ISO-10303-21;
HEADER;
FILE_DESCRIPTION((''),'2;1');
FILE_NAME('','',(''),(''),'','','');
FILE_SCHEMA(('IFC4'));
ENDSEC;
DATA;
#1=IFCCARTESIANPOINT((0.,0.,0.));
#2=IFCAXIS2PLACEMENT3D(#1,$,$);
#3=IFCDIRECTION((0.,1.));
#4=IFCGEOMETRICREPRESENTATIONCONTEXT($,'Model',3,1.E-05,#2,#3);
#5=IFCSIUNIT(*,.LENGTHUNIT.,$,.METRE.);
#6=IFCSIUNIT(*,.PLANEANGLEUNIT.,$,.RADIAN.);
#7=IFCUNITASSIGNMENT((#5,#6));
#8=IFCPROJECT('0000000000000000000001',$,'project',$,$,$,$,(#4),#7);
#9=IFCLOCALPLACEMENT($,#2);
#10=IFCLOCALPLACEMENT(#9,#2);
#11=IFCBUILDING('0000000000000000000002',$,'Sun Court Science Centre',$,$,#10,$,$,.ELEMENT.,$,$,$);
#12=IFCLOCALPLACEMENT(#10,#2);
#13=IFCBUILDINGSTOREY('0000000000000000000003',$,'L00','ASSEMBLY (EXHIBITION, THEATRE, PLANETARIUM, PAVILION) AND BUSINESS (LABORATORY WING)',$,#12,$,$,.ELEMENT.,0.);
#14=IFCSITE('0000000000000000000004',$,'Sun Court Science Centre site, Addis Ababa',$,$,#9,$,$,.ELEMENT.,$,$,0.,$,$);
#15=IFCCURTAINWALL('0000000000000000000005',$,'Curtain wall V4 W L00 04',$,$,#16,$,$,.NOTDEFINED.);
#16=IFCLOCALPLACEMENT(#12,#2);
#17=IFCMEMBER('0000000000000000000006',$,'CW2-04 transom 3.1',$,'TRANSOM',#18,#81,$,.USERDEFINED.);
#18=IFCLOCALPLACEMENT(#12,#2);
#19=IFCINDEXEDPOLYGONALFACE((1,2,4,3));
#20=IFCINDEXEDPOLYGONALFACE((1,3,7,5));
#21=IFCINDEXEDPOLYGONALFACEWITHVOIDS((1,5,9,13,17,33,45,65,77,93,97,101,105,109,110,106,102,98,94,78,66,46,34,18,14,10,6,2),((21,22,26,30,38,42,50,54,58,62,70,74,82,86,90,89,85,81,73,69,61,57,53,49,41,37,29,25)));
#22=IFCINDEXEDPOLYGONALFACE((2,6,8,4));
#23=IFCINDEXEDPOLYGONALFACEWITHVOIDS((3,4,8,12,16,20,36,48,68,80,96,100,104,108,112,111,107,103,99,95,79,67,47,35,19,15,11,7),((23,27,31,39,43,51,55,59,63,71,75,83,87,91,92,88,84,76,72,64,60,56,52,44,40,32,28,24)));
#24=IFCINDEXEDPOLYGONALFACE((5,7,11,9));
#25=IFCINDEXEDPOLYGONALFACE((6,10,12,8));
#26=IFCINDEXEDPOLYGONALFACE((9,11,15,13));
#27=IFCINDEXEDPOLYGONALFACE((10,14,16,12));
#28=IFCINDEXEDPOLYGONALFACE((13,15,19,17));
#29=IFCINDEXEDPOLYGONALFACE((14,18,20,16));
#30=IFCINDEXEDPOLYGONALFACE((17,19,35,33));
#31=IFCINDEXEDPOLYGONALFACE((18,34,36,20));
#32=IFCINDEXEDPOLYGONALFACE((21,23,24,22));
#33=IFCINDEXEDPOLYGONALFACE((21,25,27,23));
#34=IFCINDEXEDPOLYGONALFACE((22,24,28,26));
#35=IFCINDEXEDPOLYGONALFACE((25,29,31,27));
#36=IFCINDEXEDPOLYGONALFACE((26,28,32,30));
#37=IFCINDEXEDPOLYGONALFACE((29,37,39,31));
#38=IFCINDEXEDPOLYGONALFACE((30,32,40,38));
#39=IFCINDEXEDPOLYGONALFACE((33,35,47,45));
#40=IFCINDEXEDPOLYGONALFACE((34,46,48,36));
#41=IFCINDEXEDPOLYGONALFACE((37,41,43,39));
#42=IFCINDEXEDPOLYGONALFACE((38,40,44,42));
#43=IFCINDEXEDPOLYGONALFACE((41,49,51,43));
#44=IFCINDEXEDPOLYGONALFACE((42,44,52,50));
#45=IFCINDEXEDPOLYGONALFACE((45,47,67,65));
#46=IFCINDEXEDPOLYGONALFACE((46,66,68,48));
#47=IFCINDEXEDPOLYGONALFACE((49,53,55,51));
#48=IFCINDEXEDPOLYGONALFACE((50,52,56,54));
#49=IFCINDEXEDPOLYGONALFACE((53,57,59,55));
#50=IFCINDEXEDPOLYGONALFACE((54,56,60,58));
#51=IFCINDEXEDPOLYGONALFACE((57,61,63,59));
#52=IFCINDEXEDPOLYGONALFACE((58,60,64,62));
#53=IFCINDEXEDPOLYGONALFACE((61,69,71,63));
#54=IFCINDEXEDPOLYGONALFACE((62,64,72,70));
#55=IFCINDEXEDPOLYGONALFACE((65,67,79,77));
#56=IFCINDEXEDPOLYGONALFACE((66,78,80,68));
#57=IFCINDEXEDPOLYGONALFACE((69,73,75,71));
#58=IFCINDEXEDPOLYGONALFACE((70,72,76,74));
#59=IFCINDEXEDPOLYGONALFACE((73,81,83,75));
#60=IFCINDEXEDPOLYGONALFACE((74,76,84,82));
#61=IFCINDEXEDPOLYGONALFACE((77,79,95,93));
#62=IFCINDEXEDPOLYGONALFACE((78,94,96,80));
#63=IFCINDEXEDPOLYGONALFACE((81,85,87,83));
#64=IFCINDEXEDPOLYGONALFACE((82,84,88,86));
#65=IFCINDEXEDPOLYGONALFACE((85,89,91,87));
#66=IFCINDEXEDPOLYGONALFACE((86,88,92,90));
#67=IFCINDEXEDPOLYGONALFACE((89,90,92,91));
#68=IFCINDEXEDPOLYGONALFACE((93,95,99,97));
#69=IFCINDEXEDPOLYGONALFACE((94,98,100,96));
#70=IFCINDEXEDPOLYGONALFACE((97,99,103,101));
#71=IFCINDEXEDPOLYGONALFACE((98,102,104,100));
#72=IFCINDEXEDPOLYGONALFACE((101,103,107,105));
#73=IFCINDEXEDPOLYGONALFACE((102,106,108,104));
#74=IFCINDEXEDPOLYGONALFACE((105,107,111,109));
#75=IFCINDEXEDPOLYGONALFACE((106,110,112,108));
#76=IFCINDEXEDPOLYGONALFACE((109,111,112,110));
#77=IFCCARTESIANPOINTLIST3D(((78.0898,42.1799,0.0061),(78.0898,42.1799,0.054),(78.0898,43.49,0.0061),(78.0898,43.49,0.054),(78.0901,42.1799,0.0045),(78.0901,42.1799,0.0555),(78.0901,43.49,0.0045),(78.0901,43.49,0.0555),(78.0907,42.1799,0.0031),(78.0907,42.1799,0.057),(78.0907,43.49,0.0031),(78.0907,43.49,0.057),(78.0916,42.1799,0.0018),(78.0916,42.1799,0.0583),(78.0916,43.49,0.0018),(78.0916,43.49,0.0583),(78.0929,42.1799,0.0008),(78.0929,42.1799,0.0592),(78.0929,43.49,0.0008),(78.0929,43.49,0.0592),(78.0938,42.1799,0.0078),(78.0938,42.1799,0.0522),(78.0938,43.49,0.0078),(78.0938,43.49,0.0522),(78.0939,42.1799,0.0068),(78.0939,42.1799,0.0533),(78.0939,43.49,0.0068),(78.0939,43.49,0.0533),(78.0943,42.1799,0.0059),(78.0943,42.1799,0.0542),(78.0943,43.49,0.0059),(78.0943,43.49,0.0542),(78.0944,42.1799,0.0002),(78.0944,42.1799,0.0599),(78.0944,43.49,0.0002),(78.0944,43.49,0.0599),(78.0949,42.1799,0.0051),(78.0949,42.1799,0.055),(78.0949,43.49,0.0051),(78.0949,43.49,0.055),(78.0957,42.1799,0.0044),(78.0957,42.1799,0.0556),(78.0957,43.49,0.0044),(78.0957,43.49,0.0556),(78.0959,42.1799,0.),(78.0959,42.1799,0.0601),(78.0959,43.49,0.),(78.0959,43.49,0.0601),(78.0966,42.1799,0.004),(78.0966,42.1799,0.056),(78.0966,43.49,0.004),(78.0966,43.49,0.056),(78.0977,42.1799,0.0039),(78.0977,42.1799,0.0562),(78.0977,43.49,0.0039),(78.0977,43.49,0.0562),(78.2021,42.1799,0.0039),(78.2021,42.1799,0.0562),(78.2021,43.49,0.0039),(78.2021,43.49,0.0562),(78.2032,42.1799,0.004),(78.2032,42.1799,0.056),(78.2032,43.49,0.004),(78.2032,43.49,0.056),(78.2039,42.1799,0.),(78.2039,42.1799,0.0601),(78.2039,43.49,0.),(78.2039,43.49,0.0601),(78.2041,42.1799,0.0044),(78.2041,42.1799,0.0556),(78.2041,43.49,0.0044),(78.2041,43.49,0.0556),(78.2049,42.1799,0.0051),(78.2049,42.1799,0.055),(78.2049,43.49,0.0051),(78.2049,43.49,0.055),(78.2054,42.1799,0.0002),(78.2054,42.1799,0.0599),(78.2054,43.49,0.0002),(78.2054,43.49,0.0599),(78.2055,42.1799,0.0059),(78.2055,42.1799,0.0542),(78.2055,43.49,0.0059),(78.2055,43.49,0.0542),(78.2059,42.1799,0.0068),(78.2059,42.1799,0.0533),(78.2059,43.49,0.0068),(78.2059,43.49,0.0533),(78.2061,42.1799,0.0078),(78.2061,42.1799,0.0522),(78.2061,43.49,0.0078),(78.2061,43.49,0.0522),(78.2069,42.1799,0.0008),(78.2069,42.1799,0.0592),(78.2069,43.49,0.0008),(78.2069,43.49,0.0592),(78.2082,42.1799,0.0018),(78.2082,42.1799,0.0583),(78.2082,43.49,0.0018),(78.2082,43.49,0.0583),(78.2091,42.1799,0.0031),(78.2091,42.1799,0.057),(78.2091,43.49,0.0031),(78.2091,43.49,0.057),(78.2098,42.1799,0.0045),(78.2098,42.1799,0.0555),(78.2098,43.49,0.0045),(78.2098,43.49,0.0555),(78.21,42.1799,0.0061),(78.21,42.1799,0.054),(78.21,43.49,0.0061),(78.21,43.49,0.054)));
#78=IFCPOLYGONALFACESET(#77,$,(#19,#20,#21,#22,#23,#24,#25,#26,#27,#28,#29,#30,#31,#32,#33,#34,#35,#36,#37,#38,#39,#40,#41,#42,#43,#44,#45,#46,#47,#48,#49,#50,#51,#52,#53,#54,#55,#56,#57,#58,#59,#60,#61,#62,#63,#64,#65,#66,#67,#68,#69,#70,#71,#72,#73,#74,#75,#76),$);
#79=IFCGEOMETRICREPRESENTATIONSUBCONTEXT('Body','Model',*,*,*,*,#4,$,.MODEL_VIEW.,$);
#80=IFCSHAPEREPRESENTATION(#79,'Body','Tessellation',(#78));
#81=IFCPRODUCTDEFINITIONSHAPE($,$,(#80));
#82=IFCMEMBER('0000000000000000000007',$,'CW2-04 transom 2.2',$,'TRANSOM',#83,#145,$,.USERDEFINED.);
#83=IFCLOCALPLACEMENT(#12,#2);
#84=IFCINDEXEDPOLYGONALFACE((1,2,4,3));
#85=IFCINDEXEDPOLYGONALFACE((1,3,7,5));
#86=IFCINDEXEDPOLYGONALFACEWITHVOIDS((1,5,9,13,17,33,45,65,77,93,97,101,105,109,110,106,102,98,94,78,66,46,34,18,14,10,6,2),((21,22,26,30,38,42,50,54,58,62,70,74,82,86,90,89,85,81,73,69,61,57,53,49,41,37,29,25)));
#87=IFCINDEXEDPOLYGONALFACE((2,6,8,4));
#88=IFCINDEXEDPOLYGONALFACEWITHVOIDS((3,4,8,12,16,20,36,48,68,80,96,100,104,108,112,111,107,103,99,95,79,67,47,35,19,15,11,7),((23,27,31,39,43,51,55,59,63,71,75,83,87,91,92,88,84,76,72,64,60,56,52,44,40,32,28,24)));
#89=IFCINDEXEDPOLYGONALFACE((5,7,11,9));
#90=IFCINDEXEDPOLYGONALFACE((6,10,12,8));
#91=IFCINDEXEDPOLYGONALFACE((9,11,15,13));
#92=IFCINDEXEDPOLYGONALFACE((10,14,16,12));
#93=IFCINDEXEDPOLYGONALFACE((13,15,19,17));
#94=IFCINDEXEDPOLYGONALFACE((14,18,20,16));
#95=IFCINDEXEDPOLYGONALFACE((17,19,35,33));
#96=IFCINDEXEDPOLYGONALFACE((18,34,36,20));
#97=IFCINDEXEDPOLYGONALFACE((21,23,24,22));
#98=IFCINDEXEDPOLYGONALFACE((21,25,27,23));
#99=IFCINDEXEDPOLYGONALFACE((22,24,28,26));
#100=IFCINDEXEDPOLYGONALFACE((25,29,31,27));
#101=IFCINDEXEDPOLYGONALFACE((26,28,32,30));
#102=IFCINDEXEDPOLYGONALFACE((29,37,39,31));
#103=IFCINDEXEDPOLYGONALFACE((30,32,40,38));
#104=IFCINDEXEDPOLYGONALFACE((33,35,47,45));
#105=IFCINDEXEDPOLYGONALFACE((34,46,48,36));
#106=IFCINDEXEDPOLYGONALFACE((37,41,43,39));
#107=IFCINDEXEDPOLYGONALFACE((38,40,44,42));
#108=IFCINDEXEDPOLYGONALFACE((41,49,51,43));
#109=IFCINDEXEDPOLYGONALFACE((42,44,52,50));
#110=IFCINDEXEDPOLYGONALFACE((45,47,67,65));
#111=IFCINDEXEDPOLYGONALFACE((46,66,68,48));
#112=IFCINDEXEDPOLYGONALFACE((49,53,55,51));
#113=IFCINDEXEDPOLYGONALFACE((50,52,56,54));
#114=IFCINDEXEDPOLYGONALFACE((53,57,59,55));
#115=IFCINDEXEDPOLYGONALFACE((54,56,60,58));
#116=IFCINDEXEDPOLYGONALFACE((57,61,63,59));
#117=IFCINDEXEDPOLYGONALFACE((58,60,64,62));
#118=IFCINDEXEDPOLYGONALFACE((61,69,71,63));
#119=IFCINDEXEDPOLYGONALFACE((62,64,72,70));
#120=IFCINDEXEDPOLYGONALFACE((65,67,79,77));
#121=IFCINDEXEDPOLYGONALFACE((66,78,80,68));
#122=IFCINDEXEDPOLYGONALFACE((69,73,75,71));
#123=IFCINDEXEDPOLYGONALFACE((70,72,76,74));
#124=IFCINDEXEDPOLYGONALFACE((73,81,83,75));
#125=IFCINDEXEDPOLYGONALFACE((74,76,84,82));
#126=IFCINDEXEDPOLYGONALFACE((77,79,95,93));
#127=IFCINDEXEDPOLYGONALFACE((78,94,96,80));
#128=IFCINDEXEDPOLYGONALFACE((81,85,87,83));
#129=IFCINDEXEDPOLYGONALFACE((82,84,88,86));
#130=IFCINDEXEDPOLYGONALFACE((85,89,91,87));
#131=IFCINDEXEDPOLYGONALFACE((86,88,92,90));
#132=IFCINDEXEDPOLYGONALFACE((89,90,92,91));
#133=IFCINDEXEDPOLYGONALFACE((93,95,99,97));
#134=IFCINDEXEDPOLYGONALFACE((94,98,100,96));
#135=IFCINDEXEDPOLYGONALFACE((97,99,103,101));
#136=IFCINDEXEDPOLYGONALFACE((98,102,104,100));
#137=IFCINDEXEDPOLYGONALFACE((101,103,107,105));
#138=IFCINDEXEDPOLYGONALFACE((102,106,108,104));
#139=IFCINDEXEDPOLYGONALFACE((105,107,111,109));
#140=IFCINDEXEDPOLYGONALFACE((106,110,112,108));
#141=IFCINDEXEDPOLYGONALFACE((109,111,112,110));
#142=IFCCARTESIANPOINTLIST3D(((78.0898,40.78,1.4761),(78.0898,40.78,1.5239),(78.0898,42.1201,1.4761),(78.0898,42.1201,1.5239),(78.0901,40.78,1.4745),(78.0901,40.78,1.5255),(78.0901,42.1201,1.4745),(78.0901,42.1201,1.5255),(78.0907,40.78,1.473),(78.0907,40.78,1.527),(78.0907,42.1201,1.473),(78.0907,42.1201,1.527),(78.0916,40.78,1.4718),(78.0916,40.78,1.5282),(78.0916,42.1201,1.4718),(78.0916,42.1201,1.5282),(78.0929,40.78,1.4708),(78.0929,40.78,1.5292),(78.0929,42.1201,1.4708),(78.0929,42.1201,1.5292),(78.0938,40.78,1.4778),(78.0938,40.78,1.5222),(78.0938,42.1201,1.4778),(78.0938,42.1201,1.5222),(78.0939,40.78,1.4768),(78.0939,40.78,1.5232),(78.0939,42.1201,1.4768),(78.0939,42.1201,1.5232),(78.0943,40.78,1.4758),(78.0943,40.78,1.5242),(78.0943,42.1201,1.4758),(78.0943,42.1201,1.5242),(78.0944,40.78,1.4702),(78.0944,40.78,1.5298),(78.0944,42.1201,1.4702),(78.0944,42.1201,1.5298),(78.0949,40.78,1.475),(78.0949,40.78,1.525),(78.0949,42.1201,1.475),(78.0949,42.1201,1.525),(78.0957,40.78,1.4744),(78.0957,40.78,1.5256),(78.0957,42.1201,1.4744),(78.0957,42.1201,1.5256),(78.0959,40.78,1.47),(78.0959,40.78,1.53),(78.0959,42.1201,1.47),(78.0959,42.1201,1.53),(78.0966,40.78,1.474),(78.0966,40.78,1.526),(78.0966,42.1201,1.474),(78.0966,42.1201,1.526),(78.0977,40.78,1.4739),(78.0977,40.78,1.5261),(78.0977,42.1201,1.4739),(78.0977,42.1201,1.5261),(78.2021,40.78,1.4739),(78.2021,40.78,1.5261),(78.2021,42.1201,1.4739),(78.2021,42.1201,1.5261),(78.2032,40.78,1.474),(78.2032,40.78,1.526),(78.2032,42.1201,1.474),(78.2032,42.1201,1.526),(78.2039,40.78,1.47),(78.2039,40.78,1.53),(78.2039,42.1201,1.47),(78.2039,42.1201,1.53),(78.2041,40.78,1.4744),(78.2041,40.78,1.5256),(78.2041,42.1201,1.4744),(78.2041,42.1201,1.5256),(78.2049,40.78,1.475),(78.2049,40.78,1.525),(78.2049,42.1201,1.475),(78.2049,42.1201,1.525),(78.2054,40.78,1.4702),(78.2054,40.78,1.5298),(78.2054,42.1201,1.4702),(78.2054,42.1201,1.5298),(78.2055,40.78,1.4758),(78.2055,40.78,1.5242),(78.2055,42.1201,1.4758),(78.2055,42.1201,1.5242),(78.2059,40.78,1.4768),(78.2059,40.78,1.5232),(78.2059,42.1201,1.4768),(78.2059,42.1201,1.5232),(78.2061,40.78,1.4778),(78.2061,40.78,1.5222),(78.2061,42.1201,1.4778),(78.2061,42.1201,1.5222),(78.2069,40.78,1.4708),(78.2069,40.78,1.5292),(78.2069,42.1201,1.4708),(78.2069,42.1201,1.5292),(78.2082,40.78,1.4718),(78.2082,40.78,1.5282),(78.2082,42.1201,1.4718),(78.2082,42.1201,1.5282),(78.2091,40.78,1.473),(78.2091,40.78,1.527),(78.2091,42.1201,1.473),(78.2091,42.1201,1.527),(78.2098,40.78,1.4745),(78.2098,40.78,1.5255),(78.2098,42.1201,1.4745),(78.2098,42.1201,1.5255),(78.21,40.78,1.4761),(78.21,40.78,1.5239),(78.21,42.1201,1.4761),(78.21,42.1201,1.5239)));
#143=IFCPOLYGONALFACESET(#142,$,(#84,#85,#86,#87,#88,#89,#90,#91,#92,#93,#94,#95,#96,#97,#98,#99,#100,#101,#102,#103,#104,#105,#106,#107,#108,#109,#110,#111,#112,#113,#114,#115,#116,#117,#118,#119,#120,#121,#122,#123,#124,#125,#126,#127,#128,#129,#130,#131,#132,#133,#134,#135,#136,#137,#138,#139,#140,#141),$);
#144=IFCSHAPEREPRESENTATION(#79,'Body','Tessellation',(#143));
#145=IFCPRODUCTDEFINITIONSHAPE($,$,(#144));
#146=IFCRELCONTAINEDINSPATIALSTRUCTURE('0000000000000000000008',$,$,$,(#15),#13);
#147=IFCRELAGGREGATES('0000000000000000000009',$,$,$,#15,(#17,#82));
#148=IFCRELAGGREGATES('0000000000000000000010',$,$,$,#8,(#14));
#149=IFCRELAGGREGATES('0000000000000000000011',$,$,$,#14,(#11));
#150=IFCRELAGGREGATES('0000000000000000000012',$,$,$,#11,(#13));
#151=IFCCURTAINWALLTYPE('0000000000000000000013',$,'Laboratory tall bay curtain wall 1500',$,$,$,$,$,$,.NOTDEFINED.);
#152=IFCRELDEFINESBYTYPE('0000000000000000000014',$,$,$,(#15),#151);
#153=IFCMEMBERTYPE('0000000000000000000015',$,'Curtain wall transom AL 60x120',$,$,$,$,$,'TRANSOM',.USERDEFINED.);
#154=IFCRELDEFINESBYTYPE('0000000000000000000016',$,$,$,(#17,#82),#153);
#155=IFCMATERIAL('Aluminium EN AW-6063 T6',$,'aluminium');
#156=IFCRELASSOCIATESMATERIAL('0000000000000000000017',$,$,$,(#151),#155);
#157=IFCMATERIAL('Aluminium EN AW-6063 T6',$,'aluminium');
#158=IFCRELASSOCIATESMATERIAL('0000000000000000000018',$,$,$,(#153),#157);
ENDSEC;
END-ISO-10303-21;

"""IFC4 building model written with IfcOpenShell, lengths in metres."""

from ifc_helpers import new_model, si_unit, direction, frame, origin, origin_2d, place, context, subcontext, project, spatial, hollow_rectangle, extrude, material, material_profile, profile_set, type_object, element, aggregate, save


model = new_model("IFC4")

# Units and contexts
model_context = context("Model", 3, precision=1e-05, world=origin(), true_north=direction((0.0, 1.0)))
body_context = subcontext(model_context, "Body", "Model", "MODEL_VIEW")
ifc_project = project(units=[si_unit("LENGTHUNIT", "METRE"), si_unit("PLANEANGLEUNIT", "RADIAN")], contexts=[model_context])

# Site, building, storey
site_placement = place(None, origin())
site = spatial("IfcSite", under=ifc_project, at=site_placement, Name="Sun Court Science Centre site, Addis Ababa", CompositionType="ELEMENT", RefElevation=0.0)
building_placement = place(site_placement, origin())
building = spatial("IfcBuilding", under=site, at=building_placement, Name="Sun Court Science Centre", CompositionType="ELEMENT")
storey_placement = place(building_placement, origin())
storey = spatial("IfcBuildingStorey", under=building, at=storey_placement, Name="L00", Description="ASSEMBLY (EXHIBITION, THEATRE, PLANETARIUM, PAVILION) AND BUSINESS (LABORATORY WING)", CompositionType="ELEMENT", Elevation=0.0)

# Curtain wall
ifc_material_1 = material(Name="Aluminium EN AW-6063 T6", Category="aluminium")
curtain_wall_type_1 = type_object("IfcCurtainWallType", Name="Laboratory tall bay curtain wall 1500", PredefinedType="NOTDEFINED", material=ifc_material_1)
curtain_wall_1_placement = place(storey_placement, origin())
curtain_wall_1 = element("IfcCurtainWall", 1, at=curtain_wall_1_placement, inside=storey, type_object=curtain_wall_type_1, Name="Curtain wall V4 W L00 04", PredefinedType="NOTDEFINED")

# Members
ifc_material_2 = material(Name="Aluminium EN AW-6063 T6", Category="aluminium")
ifc_material_profile_1 = material_profile(ifc_material_2, hollow_rectangle(XDim=0.0601, YDim=0.1201, WallThickness=0.0039, InnerFilletRadius=0.0039, OuterFilletRadius=0.0061, at=origin_2d()), Name="AL 60x120x4")
ifc_profile_set_1 = profile_set([ifc_material_profile_1], Name="Aluminium EN AW-6063 T6")
member_type_1 = type_object("IfcMemberType", Name="Curtain wall transom AL 60x120", ElementType="TRANSOM", PredefinedType="USERDEFINED", material=ifc_profile_set_1)
member_1_placement = place(storey_placement, frame((78.1499, 42.1799, 0.03), z_axis=(0.0, 1.0, 0.0), x_axis=(0.0, 0.0, 1.0)))
member_1 = element("IfcMember", 2, at=member_1_placement, type_object=member_type_1, Name="CW2-04 transom 3.1", ObjectType="TRANSOM", PredefinedType="USERDEFINED", context=body_context, shape_type="SweptSolid", body=[
    extrude(hollow_rectangle(XDim=0.0601, YDim=0.1201, WallThickness=0.0039, InnerFilletRadius=0.0039, OuterFilletRadius=0.0061, at=origin_2d()), origin(), (0.0, 0.0, 1.0), 1.3101),
])
member_2_placement = place(storey_placement, frame((78.1499, 40.78, 1.5), z_axis=(0.0, 1.0, 0.0), x_axis=(0.0, 0.0, 1.0)))
member_2 = element("IfcMember", 3, at=member_2_placement, type_object=member_type_1, Name="CW2-04 transom 2.2", ObjectType="TRANSOM", PredefinedType="USERDEFINED", context=body_context, shape_type="SweptSolid", body=[
    extrude(hollow_rectangle(XDim=0.0601, YDim=0.1201, WallThickness=0.0039, InnerFilletRadius=0.0039, OuterFilletRadius=0.0061, at=origin_2d()), origin(), (0.0, 0.0, 1.0), 1.3401),
])

aggregate(curtain_wall_1, [member_1, member_2])

save(model, "model.ifc")
